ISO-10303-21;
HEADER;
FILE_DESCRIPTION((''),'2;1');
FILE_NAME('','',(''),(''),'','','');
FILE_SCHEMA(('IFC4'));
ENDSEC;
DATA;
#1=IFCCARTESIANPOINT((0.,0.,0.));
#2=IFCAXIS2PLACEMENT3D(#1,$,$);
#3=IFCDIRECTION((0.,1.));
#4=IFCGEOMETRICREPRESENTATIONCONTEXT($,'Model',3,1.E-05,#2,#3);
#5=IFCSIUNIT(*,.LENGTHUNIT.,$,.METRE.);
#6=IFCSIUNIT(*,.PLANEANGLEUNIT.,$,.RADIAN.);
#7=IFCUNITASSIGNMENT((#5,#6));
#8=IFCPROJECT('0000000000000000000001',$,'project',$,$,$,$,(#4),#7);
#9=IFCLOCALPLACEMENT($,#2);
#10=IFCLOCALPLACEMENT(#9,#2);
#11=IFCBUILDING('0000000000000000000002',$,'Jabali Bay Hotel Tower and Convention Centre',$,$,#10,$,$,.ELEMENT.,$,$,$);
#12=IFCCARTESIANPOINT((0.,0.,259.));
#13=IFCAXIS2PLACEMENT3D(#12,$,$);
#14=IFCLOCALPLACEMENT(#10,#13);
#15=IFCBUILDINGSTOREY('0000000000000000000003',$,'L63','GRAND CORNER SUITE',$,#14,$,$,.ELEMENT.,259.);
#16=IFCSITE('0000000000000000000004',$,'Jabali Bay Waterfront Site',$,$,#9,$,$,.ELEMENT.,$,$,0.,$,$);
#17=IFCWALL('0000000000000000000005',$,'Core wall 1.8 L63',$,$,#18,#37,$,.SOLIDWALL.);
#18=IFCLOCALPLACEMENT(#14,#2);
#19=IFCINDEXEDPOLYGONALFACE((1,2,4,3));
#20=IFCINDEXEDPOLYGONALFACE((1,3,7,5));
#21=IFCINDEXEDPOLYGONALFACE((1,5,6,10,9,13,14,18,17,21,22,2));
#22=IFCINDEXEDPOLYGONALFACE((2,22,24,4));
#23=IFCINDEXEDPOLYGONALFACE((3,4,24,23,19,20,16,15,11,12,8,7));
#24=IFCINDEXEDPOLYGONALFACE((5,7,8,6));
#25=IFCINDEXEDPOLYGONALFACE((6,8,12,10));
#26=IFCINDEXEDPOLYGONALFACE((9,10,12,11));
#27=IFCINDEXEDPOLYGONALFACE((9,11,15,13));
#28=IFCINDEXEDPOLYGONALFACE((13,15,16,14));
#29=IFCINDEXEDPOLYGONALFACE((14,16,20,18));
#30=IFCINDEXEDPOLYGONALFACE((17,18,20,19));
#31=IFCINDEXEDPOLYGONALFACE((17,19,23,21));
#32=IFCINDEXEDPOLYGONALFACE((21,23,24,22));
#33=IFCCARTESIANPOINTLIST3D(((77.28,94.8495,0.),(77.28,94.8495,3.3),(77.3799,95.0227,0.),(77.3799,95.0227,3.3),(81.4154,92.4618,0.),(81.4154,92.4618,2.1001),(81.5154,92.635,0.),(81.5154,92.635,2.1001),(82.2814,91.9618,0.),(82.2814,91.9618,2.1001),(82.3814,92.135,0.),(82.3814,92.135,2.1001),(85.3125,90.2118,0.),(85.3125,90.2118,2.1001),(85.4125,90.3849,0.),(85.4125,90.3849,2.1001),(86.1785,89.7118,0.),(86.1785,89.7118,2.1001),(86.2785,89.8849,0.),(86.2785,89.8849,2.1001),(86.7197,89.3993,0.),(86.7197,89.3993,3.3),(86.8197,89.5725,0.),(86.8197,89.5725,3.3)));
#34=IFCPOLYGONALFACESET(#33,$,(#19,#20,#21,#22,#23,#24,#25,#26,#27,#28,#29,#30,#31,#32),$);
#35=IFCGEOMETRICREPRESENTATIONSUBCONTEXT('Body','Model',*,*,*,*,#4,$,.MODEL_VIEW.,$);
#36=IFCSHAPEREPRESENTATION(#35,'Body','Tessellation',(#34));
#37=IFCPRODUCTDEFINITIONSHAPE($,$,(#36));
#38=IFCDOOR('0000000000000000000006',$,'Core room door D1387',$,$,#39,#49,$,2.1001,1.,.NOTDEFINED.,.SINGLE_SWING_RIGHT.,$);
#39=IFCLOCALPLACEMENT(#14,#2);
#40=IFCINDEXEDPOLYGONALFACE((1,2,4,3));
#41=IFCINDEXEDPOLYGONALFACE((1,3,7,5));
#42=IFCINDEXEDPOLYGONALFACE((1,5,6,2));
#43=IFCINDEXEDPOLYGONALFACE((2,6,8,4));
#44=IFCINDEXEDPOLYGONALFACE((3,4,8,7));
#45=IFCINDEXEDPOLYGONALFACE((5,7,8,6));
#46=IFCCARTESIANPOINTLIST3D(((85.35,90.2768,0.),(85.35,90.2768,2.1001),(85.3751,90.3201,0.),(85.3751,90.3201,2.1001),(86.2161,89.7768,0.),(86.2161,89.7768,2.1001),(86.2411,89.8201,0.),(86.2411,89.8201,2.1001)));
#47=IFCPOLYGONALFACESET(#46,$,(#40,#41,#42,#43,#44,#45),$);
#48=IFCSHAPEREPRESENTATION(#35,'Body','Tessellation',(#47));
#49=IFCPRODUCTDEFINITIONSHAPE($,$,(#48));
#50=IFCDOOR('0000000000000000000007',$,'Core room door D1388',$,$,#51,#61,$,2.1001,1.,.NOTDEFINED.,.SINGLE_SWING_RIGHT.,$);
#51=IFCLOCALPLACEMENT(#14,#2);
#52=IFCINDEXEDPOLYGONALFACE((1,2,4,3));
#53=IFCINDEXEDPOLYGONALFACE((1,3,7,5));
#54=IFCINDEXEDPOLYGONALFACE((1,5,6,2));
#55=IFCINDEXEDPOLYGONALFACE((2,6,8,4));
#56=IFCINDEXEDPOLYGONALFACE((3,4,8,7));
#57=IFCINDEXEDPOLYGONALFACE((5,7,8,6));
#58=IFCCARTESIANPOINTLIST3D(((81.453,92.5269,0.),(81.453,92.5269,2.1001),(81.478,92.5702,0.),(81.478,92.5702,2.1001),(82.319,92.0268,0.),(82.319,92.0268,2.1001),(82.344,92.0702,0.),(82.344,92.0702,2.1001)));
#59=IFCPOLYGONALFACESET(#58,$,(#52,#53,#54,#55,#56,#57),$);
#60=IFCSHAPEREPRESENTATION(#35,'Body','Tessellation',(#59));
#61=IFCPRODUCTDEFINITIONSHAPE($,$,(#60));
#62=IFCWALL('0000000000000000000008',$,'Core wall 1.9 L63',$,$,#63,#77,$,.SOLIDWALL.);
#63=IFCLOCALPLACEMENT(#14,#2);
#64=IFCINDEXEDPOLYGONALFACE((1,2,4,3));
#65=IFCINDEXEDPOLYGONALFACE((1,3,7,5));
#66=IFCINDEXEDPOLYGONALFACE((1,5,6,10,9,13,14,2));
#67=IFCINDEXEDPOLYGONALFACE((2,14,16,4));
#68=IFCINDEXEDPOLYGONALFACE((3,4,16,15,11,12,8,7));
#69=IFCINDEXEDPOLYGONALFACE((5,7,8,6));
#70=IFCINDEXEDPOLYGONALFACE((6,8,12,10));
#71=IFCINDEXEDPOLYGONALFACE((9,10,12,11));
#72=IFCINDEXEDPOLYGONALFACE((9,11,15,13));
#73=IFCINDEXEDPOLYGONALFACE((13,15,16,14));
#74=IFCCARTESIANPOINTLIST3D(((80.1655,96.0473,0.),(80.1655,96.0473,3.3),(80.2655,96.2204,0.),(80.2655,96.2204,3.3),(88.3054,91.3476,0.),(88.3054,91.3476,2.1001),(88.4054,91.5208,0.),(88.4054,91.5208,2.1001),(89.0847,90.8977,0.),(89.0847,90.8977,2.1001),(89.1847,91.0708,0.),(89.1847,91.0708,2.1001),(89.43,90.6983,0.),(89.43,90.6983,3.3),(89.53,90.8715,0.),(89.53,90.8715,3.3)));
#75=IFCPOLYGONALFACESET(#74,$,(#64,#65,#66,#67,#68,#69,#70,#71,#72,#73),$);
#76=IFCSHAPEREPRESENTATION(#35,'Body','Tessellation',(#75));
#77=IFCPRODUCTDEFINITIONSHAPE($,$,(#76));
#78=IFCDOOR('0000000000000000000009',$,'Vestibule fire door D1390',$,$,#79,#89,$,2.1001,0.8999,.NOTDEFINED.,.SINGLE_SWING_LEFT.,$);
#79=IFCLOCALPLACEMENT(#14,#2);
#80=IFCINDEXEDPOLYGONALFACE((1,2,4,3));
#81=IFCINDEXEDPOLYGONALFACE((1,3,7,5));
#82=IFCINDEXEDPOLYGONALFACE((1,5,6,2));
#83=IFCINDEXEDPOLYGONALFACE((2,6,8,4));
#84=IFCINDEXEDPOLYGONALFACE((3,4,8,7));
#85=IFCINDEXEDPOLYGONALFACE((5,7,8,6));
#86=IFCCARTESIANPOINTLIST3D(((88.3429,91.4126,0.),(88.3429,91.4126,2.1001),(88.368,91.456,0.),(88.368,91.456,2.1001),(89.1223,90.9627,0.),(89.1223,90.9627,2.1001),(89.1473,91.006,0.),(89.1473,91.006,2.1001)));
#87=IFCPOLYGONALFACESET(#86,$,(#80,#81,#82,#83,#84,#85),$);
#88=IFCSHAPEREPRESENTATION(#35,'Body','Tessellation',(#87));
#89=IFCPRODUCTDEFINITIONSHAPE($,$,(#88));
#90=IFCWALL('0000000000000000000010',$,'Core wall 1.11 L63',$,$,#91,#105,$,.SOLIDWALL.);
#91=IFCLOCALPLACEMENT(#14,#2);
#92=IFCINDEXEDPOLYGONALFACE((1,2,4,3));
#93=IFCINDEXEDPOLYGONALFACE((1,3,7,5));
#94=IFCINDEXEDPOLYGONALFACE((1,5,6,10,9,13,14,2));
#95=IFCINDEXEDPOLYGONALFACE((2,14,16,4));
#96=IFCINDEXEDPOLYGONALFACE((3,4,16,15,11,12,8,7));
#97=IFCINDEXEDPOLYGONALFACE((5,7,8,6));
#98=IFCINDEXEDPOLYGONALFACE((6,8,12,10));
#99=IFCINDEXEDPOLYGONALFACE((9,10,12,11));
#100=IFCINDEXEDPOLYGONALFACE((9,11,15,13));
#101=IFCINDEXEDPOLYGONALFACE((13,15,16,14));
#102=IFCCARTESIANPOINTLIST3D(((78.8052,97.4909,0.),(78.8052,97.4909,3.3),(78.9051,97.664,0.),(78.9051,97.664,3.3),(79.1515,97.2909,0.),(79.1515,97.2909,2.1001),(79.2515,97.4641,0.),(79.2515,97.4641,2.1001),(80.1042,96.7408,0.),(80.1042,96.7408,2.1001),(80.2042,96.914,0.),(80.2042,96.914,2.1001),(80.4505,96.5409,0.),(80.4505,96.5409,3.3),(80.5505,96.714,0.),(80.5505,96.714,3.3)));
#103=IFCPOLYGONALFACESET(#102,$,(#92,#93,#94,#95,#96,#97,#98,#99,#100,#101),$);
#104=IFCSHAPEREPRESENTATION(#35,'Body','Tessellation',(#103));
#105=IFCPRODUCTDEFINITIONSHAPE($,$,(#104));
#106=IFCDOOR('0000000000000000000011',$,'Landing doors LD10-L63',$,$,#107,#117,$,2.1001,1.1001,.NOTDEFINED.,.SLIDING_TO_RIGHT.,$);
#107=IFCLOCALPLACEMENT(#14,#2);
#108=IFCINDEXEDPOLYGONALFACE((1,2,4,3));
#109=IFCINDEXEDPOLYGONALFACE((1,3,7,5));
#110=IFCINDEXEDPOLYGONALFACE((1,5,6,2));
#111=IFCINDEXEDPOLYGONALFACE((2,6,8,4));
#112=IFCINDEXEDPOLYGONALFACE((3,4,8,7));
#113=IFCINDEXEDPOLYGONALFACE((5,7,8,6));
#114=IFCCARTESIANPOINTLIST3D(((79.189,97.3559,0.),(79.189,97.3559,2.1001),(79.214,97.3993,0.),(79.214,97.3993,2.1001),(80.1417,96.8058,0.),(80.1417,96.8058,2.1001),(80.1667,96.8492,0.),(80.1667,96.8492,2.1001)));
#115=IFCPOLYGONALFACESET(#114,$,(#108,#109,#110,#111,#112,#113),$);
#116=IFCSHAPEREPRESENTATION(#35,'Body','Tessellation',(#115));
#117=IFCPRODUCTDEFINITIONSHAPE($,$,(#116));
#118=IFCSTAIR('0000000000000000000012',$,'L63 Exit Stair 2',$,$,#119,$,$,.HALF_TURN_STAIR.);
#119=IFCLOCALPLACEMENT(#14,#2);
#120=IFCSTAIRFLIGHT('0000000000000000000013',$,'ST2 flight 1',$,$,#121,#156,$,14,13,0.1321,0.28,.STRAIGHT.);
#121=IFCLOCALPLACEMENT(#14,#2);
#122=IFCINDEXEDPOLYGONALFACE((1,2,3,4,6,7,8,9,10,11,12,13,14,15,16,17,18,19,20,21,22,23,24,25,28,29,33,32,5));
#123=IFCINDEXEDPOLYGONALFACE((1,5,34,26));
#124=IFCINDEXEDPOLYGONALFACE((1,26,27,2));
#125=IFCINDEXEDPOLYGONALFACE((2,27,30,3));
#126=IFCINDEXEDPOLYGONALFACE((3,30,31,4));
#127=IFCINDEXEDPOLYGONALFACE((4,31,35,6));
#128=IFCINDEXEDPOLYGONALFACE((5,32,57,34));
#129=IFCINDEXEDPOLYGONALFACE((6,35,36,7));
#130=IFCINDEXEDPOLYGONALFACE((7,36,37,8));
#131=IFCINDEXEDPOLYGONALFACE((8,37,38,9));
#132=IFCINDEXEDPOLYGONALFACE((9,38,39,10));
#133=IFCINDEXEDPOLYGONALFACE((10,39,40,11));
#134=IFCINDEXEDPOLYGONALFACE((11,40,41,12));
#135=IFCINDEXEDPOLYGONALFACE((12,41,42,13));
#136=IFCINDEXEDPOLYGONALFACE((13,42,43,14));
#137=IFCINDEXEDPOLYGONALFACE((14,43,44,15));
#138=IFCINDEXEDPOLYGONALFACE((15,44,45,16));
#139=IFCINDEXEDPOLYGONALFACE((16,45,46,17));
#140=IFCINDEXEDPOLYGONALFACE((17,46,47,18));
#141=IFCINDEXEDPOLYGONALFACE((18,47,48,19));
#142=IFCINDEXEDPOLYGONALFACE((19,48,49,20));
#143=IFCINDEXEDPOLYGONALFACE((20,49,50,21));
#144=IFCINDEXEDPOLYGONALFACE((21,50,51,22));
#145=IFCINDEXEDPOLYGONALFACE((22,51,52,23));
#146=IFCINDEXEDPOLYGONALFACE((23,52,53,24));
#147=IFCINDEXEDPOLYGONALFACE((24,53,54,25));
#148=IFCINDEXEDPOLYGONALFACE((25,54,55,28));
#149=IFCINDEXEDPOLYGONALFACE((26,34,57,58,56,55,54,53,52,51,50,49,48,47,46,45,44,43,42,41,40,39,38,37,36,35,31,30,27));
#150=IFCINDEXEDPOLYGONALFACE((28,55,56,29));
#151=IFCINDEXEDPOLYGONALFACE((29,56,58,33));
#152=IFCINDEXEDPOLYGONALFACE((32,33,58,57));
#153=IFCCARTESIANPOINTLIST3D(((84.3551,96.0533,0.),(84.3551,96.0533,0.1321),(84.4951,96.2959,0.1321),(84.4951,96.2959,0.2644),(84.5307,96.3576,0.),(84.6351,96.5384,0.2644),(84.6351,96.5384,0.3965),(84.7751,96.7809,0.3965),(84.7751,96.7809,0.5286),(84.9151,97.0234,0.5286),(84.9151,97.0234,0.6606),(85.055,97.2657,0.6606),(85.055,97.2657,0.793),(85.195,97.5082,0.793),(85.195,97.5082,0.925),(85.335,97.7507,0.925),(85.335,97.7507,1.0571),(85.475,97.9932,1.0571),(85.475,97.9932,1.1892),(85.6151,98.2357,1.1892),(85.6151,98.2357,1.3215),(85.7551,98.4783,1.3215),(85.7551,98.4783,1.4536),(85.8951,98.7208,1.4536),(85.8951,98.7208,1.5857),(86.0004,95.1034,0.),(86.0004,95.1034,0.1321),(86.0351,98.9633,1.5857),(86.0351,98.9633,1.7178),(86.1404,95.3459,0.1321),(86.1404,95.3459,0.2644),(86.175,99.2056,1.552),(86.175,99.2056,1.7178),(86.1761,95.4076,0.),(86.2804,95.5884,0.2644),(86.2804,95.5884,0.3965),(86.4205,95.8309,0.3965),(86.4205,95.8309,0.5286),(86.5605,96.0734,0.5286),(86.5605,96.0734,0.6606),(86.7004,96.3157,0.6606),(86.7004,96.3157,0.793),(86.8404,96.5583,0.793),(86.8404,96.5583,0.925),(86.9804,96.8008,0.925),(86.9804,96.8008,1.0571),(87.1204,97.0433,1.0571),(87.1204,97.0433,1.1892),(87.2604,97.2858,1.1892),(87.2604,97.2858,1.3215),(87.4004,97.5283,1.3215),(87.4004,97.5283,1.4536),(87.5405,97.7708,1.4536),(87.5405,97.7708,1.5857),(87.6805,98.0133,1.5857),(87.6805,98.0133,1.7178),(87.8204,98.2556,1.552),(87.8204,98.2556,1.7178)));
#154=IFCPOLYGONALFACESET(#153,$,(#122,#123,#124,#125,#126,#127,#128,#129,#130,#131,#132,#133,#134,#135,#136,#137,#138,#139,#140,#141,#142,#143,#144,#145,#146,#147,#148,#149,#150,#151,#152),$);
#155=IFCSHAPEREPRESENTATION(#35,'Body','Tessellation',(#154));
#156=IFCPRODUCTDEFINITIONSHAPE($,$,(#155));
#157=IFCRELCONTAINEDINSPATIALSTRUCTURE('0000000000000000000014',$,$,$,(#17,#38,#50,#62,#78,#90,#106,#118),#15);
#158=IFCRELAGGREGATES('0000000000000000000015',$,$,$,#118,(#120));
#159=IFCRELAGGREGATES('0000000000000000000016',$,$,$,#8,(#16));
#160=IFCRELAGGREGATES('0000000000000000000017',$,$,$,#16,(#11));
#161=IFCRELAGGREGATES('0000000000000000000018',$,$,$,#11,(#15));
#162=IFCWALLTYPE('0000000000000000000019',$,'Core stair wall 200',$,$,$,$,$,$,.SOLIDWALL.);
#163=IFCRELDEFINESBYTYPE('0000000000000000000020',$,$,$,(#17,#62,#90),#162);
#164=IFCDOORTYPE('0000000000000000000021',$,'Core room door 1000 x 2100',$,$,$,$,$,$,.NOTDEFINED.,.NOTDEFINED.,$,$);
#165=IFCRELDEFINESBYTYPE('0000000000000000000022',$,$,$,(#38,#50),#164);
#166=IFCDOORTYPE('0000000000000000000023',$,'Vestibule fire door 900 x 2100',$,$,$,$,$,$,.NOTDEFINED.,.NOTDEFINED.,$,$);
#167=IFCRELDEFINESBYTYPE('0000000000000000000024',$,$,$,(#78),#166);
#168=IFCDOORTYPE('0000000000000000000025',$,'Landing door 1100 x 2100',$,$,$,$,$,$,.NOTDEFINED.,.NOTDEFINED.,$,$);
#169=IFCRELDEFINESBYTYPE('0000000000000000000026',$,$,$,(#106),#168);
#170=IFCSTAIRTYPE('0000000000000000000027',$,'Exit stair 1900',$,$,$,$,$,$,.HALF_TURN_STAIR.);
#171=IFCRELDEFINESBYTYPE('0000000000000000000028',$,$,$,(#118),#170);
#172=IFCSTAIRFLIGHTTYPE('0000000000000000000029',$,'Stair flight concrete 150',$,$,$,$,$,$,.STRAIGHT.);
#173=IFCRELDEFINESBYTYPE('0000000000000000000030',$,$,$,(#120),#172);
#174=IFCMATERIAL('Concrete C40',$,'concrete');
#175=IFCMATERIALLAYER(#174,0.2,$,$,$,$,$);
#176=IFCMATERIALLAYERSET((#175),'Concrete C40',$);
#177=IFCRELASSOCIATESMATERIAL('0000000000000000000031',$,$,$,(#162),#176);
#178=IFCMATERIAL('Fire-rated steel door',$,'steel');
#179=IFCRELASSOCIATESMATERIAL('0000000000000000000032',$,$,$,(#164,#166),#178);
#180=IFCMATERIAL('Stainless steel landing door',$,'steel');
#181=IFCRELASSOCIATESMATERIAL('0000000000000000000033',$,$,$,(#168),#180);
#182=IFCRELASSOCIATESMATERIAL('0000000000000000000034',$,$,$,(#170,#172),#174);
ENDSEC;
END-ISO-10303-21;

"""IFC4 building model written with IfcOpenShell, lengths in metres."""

from ifc_helpers import new_model, si_unit, direction, frame, frame_2d, origin, place, context, subcontext, project, spatial, polyline, rectangle, outline, extrude, material, layer, layer_set, type_object, element, fill, aggregate, save


model = new_model("IFC4")

# Units and contexts
model_context = context("Model", 3, precision=1e-05, world=origin(), true_north=direction((0.0, 1.0)))
body_context = subcontext(model_context, "Body", "Model", "MODEL_VIEW")
ifc_project = project(units=[si_unit("LENGTHUNIT", "METRE"), si_unit("PLANEANGLEUNIT", "RADIAN")], contexts=[model_context])

# Site, building, storey
site_placement = place(None, origin())
site = spatial("IfcSite", under=ifc_project, at=site_placement, Name="Jabali Bay Waterfront Site", CompositionType="ELEMENT", RefElevation=0.0)
building_placement = place(site_placement, origin())
building = spatial("IfcBuilding", under=site, at=building_placement, Name="Jabali Bay Hotel Tower and Convention Centre", CompositionType="ELEMENT")
storey_placement = place(building_placement, frame((0.0, 0.0, 259.0)))
storey = spatial("IfcBuildingStorey", under=building, at=storey_placement, Name="L63", Description="GRAND CORNER SUITE", CompositionType="ELEMENT", Elevation=259.0)

# Shared definitions
ifc_material_1 = material(Name="Fire-rated steel door", Category="steel")

# Shared definitions
ifc_material_2 = material(Name="Concrete C40", Category="concrete")
ifc_layer_1 = layer(ifc_material_2, 0.2)
ifc_layer_set_1 = layer_set([ifc_layer_1], Name="Concrete C40")
wall_type_1 = type_object("IfcWallType", Name="Core stair wall 200", PredefinedType="SOLIDWALL", material=ifc_layer_set_1)

# Wall, openings, doors
wall_1_placement = place(storey_placement, frame((86.7698, 89.4858, 0.0), z_axis=(0.0, 0.0, 1.0), x_axis=(-0.866018, 0.500013, 0.0)))
wall_1 = element("IfcWall", 1, at=wall_1_placement, inside=storey, type_object=wall_type_1, Name="Core wall 1.8 L63", PredefinedType="SOLIDWALL", context=body_context, shape_type="SweptSolid", body=[
    extrude(rectangle(XDim=10.9001, YDim=0.2, at=frame_2d((5.4502, 0.0))), origin(), (0.0, 0.0, 1.0), 3.3),
])
opening_1_placement = place(wall_1_placement, frame((0.625, 0.0, 0.0)))
opening_1 = element("IfcOpeningElement", 2, at=opening_1_placement, cuts=wall_1, PredefinedType="OPENING", context=body_context, shape_type="SweptSolid", body=[
    extrude(rectangle(XDim=1.0, YDim=2.1001, at=frame_2d((0.5, 1.05))), frame((0.0, 0.1104, 0.0), z_axis=(0.0, -1.0, 0.0), x_axis=(1.0, 0.0, 0.0)), (0.0, 0.0, 1.0), 0.2209),
])
opening_2_placement = place(wall_1_placement, frame((5.125, 0.0, 0.0)))
opening_2 = element("IfcOpeningElement", 3, at=opening_2_placement, cuts=wall_1, PredefinedType="OPENING", context=body_context, shape_type="SweptSolid", body=[
    extrude(rectangle(XDim=1.0, YDim=2.1001, at=frame_2d((0.5, 1.05))), frame((0.0, 0.1104, 0.0), z_axis=(0.0, -1.0, 0.0), x_axis=(1.0, 0.0, 0.0)), (0.0, 0.0, 1.0), 0.2209),
])
door_type_1 = type_object("IfcDoorType", Name="Core room door 1000 x 2100", OperationType="NOTDEFINED", PredefinedType="NOTDEFINED", material=ifc_material_1)
door_1_placement = place(opening_1_placement, origin())
door_1 = element("IfcDoor", 4, at=door_1_placement, inside=storey, type_object=door_type_1, Name="Core room door D1387", OperationType="SINGLE_SWING_RIGHT", OverallHeight=2.1001, OverallWidth=1.0, PredefinedType="NOTDEFINED", context=body_context, shape_type="SweptSolid", body=[
    extrude(rectangle(XDim=1.0, YDim=2.1001, at=frame_2d((0.5, 1.05))), frame((0.0, 0.0249, 0.0), z_axis=(0.0, -1.0, 0.0), x_axis=(1.0, 0.0, 0.0)), (0.0, 0.0, 1.0), 0.05),
])
fill(opening_1, door_1)
door_2_placement = place(opening_2_placement, origin())
door_2 = element("IfcDoor", 5, at=door_2_placement, inside=storey, type_object=door_type_1, Name="Core room door D1388", OperationType="SINGLE_SWING_RIGHT", OverallHeight=2.1001, OverallWidth=1.0, PredefinedType="NOTDEFINED", context=body_context, shape_type="SweptSolid", body=[
    extrude(rectangle(XDim=1.0, YDim=2.1001, at=frame_2d((0.5, 1.05))), frame((0.0, 0.0249, 0.0), z_axis=(0.0, -1.0, 0.0), x_axis=(1.0, 0.0, 0.0)), (0.0, 0.0, 1.0), 0.05),
])
fill(opening_2, door_2)

# Walls, openings, doors
wall_2_placement = place(storey_placement, frame((89.48, 90.7849, 0.0), z_axis=(0.0, 0.0, 1.0), x_axis=(-0.866023, 0.500005, 0.0)))
wall_2 = element("IfcWall", 6, at=wall_2_placement, inside=storey, type_object=wall_type_1, Name="Core wall 1.9 L63", PredefinedType="SOLIDWALL", context=body_context, shape_type="SweptSolid", body=[
    extrude(rectangle(XDim=10.6978, YDim=0.2, at=frame_2d((5.3489, 0.0))), origin(), (0.0, 0.0, 1.0), 3.3),
])
opening_3_placement = place(wall_2_placement, frame((0.3987, 0.0, 0.0)))
opening_3 = element("IfcOpeningElement", 7, at=opening_3_placement, cuts=wall_2, PredefinedType="OPENING", context=body_context, shape_type="SweptSolid", body=[
    extrude(rectangle(XDim=0.8999, YDim=2.1001, at=frame_2d((0.45, 1.05))), frame((0.0, 0.1104, 0.0), z_axis=(0.0, -1.0, 0.0), x_axis=(1.0, 0.0, 0.0)), (0.0, 0.0, 1.0), 0.2209),
])
door_type_2 = type_object("IfcDoorType", Name="Vestibule fire door 900 x 2100", OperationType="NOTDEFINED", PredefinedType="NOTDEFINED", material=ifc_material_1)
door_3_placement = place(opening_3_placement, origin())
door_3 = element("IfcDoor", 8, at=door_3_placement, inside=storey, type_object=door_type_2, Name="Vestibule fire door D1390", OperationType="SINGLE_SWING_LEFT", OverallHeight=2.1001, OverallWidth=0.8999, PredefinedType="NOTDEFINED", context=body_context, shape_type="SweptSolid", body=[
    extrude(rectangle(XDim=0.8999, YDim=2.1001, at=frame_2d((0.45, 1.05))), frame((0.0, 0.0249, 0.0), z_axis=(0.0, -1.0, 0.0), x_axis=(1.0, 0.0, 0.0)), (0.0, 0.0, 1.0), 0.05),
])
fill(opening_3, door_3)
wall_3_placement = place(storey_placement, frame((80.5005, 96.6274, 0.0), z_axis=(0.0, 0.0, 1.0), x_axis=(-0.866012, 0.500023, 0.0)))
wall_3 = element("IfcWall", 9, at=wall_3_placement, inside=storey, type_object=wall_type_1, Name="Core wall 1.11 L63", PredefinedType="SOLIDWALL", context=body_context, shape_type="SweptSolid", body=[
    extrude(rectangle(XDim=1.8999, YDim=0.2, at=frame_2d((0.95, 0.0))), origin(), (0.0, 0.0, 1.0), 3.3),
])
opening_4_placement = place(wall_3_placement, frame((0.3999, 0.0, 0.0)))
opening_4 = element("IfcOpeningElement", 10, at=opening_4_placement, cuts=wall_3, PredefinedType="OPENING", context=body_context, shape_type="SweptSolid", body=[
    extrude(rectangle(XDim=1.1001, YDim=2.1001, at=frame_2d((0.55, 1.05))), frame((0.0, 0.1104, 0.0), z_axis=(0.0, -1.0, 0.0), x_axis=(1.0, 0.0, 0.0)), (0.0, 0.0, 1.0), 0.2209),
])
ifc_material_3 = material(Name="Stainless steel landing door", Category="steel")
door_type_3 = type_object("IfcDoorType", Name="Landing door 1100 x 2100", OperationType="NOTDEFINED", PredefinedType="NOTDEFINED", material=ifc_material_3)
door_4_placement = place(opening_4_placement, origin())
door_4 = element("IfcDoor", 11, at=door_4_placement, inside=storey, type_object=door_type_3, Name="Landing doors LD10-L63", OperationType="SLIDING_TO_RIGHT", OverallHeight=2.1001, OverallWidth=1.1001, PredefinedType="NOTDEFINED", context=body_context, shape_type="SweptSolid", body=[
    extrude(rectangle(XDim=1.1001, YDim=2.1001, at=frame_2d((0.55, 1.05))), frame((0.0, 0.0249, 0.0), z_axis=(0.0, -1.0, 0.0), x_axis=(1.0, 0.0, 0.0)), (0.0, 0.0, 1.0), 0.05),
])
fill(opening_4, door_4)

# Stair, stair flight
stair_type = type_object("IfcStairType", Name="Exit stair 1900", PredefinedType="HALF_TURN_STAIR", material=ifc_material_2)
stair_placement = place(storey_placement, origin())
stair = element("IfcStair", 12, at=stair_placement, inside=storey, type_object=stair_type, Name="L63 Exit Stair 2", PredefinedType="HALF_TURN_STAIR")
stair_flight_type = type_object("IfcStairFlightType", Name="Stair flight concrete 150", PredefinedType="STRAIGHT", material=ifc_material_2)
stair_flight_1_placement = place(storey_placement, frame((85.1777, 95.5784, 0.0), z_axis=(0.0, 0.0, 1.0), x_axis=(0.5, 0.866025, 0.0)))
stair_flight_1 = element("IfcStairFlight", 13, at=stair_flight_1_placement, type_object=stair_flight_type, Name="ST2 flight 1", NumberOfRisers=14, NumberOfTreads=13, PredefinedType="STRAIGHT", RiserHeight=0.1321, TreadLength=0.28, context=body_context, shape_type="SweptSolid", body=[
    extrude(outline(polyline([(0.0, 0.0), (0.0, 0.1321), (0.28, 0.1321), (0.28, 0.2644), (0.5601, 0.2644), (0.5601, 0.3965), (0.8401, 0.3965), (0.8401, 0.5286), (1.1201, 0.5286), (1.1201, 0.6606), (1.3999, 0.6606), (1.3999, 0.793), (1.6799, 0.793), (1.6799, 0.925), (1.96, 0.925), (1.96, 1.0571), (2.24, 1.0571), (2.24, 1.1892), (2.52, 1.1892), (2.52, 1.3215), (2.8, 1.3215), (2.8, 1.4536), (3.0801, 1.4536), (3.0801, 1.5857), (3.3601, 1.5857), (3.3601, 1.7178), (3.6399, 1.7178), (3.6399, 1.8501), (3.6399, 1.552), (0.3513, 0.0), (0.0, 0.0)])), frame((0.0, 0.95, 0.0), z_axis=(0.0, -1.0, 0.0), x_axis=(1.0, 0.0, 0.0)), (0.0, 0.0, 1.0), 1.8999),
])
aggregate(stair, [stair_flight_1])

save(model, "model.ifc")
